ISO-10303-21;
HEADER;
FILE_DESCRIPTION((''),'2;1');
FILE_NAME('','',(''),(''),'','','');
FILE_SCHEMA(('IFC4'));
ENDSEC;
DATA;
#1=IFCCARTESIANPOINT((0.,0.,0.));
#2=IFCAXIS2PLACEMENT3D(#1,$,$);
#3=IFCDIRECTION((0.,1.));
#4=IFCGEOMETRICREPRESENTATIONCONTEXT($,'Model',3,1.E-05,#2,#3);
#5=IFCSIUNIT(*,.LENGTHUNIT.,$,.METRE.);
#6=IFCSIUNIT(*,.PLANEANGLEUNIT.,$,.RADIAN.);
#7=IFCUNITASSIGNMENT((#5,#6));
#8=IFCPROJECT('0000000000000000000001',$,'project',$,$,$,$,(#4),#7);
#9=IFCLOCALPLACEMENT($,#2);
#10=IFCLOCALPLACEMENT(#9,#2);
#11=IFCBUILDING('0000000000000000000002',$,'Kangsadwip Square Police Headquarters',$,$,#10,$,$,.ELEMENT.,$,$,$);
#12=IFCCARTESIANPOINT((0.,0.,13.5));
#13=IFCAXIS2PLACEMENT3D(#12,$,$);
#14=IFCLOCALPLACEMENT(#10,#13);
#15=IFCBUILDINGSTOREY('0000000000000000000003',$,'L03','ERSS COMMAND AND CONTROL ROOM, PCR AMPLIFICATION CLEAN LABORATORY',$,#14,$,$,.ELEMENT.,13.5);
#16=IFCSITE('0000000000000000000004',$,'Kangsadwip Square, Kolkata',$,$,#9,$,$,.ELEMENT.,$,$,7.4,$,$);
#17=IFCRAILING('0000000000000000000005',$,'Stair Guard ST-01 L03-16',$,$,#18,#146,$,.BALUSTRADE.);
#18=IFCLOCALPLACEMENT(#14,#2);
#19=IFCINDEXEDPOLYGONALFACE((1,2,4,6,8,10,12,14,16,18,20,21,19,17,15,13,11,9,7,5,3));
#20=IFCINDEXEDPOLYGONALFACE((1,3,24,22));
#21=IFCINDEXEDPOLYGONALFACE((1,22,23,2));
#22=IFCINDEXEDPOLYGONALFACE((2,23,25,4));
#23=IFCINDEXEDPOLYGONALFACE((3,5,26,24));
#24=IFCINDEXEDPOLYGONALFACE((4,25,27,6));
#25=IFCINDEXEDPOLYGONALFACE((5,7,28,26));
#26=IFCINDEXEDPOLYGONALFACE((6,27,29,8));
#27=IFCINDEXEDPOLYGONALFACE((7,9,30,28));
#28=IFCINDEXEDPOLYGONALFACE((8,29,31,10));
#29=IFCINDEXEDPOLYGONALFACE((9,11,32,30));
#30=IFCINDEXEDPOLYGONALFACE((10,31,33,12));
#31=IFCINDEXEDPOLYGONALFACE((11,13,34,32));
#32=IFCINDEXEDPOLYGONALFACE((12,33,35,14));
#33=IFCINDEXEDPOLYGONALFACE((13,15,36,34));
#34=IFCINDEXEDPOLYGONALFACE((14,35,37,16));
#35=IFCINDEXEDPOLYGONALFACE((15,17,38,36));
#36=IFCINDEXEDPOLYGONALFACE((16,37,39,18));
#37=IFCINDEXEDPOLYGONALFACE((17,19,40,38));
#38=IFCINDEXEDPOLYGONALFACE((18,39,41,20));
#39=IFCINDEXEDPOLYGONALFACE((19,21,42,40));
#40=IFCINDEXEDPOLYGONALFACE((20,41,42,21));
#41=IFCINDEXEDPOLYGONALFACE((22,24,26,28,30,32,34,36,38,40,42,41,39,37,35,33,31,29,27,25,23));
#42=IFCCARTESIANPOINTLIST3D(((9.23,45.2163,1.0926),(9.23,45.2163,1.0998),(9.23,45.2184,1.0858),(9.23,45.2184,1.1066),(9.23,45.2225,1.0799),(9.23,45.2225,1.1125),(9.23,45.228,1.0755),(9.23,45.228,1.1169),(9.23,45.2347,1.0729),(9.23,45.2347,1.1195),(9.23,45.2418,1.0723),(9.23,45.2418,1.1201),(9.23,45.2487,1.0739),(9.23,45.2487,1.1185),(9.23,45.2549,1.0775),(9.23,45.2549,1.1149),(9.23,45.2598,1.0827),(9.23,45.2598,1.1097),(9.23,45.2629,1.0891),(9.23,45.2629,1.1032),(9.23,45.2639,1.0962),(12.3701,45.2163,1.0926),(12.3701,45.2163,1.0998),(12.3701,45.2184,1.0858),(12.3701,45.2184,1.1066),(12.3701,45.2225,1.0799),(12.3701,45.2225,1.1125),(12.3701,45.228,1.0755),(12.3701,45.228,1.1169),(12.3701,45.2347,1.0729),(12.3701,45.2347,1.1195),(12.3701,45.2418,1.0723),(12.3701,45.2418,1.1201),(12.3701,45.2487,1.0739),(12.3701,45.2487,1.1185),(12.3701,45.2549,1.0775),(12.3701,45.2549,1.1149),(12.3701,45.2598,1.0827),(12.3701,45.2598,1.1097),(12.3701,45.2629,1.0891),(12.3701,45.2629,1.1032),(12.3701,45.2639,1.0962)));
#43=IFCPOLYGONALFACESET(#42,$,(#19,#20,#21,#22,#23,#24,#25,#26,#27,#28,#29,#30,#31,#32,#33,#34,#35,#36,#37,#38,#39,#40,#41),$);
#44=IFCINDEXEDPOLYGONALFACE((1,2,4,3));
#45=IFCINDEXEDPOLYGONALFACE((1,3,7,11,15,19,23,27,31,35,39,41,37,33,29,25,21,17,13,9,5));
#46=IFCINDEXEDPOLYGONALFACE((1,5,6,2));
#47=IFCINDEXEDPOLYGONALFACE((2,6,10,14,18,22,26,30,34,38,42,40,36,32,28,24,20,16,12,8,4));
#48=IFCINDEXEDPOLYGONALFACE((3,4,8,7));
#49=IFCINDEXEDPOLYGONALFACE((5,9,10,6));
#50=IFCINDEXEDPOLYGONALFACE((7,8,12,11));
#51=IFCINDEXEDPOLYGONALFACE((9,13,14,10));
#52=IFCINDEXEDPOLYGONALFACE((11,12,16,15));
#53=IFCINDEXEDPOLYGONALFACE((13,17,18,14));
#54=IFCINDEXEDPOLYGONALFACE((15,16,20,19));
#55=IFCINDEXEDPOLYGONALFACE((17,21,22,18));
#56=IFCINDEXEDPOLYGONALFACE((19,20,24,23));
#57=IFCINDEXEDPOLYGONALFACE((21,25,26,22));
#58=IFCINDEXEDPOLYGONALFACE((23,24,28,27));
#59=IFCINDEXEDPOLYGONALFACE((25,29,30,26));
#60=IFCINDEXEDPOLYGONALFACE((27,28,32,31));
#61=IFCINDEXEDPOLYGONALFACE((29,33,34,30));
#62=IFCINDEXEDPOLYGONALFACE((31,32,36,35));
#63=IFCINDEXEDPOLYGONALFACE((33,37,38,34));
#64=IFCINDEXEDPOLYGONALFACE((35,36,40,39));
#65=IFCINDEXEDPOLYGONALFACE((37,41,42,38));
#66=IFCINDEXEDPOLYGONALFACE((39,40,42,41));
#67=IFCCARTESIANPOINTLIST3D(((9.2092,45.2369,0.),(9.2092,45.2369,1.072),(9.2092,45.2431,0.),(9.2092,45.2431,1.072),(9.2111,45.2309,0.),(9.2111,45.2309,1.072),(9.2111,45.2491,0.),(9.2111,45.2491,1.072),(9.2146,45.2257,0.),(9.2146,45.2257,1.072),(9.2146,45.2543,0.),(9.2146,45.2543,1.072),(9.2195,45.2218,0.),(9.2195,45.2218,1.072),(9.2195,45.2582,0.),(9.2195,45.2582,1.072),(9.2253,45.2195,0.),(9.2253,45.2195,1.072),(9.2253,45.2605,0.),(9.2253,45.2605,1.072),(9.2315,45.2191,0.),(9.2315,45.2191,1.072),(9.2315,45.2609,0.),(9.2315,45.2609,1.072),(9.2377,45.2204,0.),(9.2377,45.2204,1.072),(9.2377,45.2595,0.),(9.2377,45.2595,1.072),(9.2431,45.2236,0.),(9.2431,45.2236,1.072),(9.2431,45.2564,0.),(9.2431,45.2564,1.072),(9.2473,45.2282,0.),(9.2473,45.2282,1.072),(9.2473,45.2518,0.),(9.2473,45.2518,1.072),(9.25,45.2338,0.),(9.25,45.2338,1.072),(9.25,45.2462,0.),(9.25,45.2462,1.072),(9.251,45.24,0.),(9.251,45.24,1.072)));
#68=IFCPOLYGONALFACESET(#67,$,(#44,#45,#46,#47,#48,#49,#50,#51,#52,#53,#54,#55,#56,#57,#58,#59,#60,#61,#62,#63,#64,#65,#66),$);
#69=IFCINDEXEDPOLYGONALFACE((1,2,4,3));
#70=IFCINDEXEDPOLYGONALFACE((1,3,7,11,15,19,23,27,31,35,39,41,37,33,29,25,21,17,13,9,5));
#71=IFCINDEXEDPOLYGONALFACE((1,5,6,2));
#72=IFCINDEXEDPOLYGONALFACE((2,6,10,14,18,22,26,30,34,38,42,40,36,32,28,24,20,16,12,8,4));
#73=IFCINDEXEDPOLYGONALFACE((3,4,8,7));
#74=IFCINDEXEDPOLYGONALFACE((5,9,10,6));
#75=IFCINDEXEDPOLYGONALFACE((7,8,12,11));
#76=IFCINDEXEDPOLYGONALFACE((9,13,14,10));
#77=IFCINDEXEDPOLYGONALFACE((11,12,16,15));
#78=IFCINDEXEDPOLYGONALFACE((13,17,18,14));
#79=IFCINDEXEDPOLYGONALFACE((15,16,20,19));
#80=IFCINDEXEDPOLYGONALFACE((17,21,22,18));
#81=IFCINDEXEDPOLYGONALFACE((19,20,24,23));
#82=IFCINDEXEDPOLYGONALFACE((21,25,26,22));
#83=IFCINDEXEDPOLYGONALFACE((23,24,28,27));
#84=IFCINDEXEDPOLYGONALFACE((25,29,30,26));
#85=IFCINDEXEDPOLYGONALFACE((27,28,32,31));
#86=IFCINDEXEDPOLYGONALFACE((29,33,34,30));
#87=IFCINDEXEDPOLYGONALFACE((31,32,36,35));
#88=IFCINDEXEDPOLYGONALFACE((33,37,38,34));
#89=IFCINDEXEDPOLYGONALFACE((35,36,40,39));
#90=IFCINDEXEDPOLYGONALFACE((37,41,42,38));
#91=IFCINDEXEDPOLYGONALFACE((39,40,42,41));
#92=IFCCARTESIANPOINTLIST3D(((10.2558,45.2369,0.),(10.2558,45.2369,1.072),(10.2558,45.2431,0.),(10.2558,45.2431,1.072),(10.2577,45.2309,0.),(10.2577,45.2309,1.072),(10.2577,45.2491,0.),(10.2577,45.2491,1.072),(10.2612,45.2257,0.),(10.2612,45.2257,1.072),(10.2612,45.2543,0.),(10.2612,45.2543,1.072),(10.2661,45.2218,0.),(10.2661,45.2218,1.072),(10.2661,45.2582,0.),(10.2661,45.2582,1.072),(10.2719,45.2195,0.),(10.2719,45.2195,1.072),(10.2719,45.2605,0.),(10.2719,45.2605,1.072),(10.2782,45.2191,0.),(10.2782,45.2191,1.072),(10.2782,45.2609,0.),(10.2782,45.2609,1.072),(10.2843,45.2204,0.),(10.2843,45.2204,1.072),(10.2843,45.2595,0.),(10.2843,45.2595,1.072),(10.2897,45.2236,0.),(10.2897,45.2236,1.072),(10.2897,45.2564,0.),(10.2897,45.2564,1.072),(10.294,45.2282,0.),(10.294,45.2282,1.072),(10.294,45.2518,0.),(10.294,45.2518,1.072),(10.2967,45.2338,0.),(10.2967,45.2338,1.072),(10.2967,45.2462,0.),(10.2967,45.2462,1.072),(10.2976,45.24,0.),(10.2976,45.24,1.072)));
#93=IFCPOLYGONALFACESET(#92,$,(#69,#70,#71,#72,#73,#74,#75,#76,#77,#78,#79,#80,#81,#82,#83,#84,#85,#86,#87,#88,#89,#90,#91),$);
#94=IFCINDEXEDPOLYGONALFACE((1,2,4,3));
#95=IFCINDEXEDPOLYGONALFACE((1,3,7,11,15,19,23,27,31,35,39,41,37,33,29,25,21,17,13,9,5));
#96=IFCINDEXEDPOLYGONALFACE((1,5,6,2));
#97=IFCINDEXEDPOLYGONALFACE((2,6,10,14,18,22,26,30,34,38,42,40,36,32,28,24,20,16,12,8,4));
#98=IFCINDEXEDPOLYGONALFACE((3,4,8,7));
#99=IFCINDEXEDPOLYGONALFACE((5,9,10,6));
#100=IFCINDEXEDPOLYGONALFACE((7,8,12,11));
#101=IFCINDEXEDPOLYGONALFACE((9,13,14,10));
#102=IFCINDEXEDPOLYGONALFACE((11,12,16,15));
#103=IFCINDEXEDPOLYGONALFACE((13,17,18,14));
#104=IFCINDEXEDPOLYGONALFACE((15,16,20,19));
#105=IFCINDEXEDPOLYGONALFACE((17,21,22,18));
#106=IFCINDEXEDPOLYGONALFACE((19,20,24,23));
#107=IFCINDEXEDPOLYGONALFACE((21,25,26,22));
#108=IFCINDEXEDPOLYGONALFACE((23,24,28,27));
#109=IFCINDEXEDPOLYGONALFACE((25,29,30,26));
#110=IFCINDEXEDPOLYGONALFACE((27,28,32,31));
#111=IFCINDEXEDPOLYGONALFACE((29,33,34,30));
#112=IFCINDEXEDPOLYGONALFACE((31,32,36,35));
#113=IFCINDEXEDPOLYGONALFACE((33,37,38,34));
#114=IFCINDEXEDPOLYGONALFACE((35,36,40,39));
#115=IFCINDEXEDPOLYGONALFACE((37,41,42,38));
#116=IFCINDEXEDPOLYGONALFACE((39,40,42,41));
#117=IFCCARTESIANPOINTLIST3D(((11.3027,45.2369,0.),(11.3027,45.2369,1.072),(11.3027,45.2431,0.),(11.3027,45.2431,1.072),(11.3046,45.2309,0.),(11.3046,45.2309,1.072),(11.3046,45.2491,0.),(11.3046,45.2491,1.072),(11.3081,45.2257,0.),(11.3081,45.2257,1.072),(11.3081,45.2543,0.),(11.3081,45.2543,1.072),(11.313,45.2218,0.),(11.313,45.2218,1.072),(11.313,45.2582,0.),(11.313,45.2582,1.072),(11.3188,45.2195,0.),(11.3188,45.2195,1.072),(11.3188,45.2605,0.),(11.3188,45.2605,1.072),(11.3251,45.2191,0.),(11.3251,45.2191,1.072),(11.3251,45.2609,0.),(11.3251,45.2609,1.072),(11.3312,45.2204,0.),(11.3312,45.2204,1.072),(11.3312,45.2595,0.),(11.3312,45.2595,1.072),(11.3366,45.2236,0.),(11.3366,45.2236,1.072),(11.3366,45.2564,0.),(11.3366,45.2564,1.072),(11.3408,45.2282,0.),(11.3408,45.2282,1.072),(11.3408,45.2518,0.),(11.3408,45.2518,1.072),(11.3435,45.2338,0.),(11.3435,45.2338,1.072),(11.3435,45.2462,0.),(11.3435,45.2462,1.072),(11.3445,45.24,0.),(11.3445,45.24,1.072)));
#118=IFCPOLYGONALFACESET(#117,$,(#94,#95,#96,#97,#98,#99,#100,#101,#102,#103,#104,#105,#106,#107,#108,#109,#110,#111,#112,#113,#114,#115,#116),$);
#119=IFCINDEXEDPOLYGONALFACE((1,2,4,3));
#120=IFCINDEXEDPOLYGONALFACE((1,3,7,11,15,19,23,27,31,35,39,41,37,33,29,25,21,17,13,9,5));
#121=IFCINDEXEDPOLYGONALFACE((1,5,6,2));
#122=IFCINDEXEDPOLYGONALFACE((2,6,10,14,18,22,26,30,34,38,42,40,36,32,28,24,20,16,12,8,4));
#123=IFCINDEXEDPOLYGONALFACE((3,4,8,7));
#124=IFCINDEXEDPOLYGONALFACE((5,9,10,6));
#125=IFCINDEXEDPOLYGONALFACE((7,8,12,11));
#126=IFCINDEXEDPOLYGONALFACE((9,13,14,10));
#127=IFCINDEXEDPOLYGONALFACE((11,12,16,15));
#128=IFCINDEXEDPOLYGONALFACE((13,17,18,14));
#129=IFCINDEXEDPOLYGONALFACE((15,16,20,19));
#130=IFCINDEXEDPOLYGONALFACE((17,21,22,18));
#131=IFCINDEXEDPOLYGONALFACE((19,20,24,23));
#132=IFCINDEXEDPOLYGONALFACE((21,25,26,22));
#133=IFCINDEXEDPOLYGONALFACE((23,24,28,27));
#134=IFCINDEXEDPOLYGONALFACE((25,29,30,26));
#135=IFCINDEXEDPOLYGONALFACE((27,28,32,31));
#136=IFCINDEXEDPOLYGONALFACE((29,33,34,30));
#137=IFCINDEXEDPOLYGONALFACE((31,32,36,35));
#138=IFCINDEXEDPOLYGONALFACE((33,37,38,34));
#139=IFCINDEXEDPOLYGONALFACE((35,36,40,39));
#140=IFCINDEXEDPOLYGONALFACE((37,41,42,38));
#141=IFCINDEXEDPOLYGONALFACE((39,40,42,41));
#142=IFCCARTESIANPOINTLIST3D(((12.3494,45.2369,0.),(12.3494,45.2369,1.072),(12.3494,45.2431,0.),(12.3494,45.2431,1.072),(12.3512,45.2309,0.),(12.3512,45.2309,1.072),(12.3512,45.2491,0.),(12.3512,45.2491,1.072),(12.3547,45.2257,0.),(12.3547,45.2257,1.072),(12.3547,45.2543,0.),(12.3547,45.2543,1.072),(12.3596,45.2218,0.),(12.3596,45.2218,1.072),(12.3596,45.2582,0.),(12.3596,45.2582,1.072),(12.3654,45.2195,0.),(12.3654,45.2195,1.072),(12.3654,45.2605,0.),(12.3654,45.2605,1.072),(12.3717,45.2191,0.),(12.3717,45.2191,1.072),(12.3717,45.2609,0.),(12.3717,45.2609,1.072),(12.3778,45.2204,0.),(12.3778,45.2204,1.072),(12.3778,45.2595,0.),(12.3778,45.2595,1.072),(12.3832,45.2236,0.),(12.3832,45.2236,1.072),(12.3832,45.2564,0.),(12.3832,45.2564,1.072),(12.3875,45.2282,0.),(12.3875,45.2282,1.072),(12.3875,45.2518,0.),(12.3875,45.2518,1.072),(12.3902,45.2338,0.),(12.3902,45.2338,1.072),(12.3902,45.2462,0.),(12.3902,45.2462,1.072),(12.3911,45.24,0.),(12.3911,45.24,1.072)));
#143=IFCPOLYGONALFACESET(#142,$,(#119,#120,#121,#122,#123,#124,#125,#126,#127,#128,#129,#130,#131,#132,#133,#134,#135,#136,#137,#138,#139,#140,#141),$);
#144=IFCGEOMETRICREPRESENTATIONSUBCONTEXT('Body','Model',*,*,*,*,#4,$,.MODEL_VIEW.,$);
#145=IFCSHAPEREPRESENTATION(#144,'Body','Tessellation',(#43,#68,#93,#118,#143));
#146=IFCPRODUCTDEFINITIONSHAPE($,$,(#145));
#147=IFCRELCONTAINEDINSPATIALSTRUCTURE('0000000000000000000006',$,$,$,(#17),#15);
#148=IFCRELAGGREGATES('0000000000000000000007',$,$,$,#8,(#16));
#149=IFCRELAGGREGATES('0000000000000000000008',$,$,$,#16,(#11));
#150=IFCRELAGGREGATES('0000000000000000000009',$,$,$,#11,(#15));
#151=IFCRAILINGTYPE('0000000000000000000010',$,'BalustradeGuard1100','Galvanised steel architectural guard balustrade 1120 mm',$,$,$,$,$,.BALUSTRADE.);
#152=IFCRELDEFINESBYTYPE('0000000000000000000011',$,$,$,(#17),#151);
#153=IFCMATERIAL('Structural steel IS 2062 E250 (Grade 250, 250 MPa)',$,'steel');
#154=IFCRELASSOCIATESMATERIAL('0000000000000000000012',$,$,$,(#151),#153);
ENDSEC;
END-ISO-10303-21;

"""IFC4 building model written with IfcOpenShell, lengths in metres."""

from ifc_helpers import new_model, si_unit, direction, frame, origin, origin_2d, place, context, subcontext, project, spatial, circle, extrude, material, type_object, element, save


model = new_model("IFC4")

# Units and contexts
model_context = context("Model", 3, precision=1e-05, world=origin(), true_north=direction((0.0, 1.0)))
body_context = subcontext(model_context, "Body", "Model", "MODEL_VIEW")
ifc_project = project(units=[si_unit("LENGTHUNIT", "METRE"), si_unit("PLANEANGLEUNIT", "RADIAN")], contexts=[model_context])

# Site, building, storey
site_placement = place(None, origin())
site = spatial("IfcSite", under=ifc_project, at=site_placement, Name="Kangsadwip Square, Kolkata", CompositionType="ELEMENT", RefElevation=7.4)
building_placement = place(site_placement, origin())
building = spatial("IfcBuilding", under=site, at=building_placement, Name="Kangsadwip Square Police Headquarters", CompositionType="ELEMENT")
storey_placement = place(building_placement, frame((0.0, 0.0, 13.5)))
storey = spatial("IfcBuildingStorey", under=building, at=storey_placement, Name="L03", Description="ERSS COMMAND AND CONTROL ROOM, PCR AMPLIFICATION CLEAN LABORATORY", CompositionType="ELEMENT", Elevation=13.5)

# Railing
ifc_material_1 = material(Name="Structural steel IS 2062 E250 (Grade 250, 250 MPa)", Category="steel")
railing_type_1 = type_object("IfcRailingType", Name="BalustradeGuard1100", Description="Galvanised steel architectural guard balustrade 1120 mm", PredefinedType="BALUSTRADE", material=ifc_material_1)
for number, where, name in (
    (1, (9.23, 45.24, 0.0), "Stair Guard ST-01 L03-16"),
):
    element("IfcRailing", number, at=place(storey_placement, frame(where)), inside=storey, type_object=railing_type_1, Name=name, PredefinedType="BALUSTRADE", context=body_context, shape_type="SweptSolid", body=[
        extrude(circle(Radius=0.0239, at=origin_2d()), frame((0.0, 0.0, 1.0962), z_axis=(1.0, 0.0, 0.0), x_axis=(0.0, 1.0, 0.0)), (0.0, 0.0, 1.0), 3.1401),
        extrude(circle(Radius=0.021, at=origin_2d()), origin(), (0.0, 0.0, 1.0), 1.072),
        extrude(circle(Radius=0.021, at=origin_2d()), frame((1.0466, 0.0, 0.0)), (0.0, 0.0, 1.0), 1.072),
        extrude(circle(Radius=0.021, at=origin_2d()), frame((2.0935, 0.0, 0.0)), (0.0, 0.0, 1.0), 1.072),
        extrude(circle(Radius=0.021, at=origin_2d()), frame((3.1401, 0.0, 0.0)), (0.0, 0.0, 1.0), 1.072),
    ])

save(model, "model.ifc")
